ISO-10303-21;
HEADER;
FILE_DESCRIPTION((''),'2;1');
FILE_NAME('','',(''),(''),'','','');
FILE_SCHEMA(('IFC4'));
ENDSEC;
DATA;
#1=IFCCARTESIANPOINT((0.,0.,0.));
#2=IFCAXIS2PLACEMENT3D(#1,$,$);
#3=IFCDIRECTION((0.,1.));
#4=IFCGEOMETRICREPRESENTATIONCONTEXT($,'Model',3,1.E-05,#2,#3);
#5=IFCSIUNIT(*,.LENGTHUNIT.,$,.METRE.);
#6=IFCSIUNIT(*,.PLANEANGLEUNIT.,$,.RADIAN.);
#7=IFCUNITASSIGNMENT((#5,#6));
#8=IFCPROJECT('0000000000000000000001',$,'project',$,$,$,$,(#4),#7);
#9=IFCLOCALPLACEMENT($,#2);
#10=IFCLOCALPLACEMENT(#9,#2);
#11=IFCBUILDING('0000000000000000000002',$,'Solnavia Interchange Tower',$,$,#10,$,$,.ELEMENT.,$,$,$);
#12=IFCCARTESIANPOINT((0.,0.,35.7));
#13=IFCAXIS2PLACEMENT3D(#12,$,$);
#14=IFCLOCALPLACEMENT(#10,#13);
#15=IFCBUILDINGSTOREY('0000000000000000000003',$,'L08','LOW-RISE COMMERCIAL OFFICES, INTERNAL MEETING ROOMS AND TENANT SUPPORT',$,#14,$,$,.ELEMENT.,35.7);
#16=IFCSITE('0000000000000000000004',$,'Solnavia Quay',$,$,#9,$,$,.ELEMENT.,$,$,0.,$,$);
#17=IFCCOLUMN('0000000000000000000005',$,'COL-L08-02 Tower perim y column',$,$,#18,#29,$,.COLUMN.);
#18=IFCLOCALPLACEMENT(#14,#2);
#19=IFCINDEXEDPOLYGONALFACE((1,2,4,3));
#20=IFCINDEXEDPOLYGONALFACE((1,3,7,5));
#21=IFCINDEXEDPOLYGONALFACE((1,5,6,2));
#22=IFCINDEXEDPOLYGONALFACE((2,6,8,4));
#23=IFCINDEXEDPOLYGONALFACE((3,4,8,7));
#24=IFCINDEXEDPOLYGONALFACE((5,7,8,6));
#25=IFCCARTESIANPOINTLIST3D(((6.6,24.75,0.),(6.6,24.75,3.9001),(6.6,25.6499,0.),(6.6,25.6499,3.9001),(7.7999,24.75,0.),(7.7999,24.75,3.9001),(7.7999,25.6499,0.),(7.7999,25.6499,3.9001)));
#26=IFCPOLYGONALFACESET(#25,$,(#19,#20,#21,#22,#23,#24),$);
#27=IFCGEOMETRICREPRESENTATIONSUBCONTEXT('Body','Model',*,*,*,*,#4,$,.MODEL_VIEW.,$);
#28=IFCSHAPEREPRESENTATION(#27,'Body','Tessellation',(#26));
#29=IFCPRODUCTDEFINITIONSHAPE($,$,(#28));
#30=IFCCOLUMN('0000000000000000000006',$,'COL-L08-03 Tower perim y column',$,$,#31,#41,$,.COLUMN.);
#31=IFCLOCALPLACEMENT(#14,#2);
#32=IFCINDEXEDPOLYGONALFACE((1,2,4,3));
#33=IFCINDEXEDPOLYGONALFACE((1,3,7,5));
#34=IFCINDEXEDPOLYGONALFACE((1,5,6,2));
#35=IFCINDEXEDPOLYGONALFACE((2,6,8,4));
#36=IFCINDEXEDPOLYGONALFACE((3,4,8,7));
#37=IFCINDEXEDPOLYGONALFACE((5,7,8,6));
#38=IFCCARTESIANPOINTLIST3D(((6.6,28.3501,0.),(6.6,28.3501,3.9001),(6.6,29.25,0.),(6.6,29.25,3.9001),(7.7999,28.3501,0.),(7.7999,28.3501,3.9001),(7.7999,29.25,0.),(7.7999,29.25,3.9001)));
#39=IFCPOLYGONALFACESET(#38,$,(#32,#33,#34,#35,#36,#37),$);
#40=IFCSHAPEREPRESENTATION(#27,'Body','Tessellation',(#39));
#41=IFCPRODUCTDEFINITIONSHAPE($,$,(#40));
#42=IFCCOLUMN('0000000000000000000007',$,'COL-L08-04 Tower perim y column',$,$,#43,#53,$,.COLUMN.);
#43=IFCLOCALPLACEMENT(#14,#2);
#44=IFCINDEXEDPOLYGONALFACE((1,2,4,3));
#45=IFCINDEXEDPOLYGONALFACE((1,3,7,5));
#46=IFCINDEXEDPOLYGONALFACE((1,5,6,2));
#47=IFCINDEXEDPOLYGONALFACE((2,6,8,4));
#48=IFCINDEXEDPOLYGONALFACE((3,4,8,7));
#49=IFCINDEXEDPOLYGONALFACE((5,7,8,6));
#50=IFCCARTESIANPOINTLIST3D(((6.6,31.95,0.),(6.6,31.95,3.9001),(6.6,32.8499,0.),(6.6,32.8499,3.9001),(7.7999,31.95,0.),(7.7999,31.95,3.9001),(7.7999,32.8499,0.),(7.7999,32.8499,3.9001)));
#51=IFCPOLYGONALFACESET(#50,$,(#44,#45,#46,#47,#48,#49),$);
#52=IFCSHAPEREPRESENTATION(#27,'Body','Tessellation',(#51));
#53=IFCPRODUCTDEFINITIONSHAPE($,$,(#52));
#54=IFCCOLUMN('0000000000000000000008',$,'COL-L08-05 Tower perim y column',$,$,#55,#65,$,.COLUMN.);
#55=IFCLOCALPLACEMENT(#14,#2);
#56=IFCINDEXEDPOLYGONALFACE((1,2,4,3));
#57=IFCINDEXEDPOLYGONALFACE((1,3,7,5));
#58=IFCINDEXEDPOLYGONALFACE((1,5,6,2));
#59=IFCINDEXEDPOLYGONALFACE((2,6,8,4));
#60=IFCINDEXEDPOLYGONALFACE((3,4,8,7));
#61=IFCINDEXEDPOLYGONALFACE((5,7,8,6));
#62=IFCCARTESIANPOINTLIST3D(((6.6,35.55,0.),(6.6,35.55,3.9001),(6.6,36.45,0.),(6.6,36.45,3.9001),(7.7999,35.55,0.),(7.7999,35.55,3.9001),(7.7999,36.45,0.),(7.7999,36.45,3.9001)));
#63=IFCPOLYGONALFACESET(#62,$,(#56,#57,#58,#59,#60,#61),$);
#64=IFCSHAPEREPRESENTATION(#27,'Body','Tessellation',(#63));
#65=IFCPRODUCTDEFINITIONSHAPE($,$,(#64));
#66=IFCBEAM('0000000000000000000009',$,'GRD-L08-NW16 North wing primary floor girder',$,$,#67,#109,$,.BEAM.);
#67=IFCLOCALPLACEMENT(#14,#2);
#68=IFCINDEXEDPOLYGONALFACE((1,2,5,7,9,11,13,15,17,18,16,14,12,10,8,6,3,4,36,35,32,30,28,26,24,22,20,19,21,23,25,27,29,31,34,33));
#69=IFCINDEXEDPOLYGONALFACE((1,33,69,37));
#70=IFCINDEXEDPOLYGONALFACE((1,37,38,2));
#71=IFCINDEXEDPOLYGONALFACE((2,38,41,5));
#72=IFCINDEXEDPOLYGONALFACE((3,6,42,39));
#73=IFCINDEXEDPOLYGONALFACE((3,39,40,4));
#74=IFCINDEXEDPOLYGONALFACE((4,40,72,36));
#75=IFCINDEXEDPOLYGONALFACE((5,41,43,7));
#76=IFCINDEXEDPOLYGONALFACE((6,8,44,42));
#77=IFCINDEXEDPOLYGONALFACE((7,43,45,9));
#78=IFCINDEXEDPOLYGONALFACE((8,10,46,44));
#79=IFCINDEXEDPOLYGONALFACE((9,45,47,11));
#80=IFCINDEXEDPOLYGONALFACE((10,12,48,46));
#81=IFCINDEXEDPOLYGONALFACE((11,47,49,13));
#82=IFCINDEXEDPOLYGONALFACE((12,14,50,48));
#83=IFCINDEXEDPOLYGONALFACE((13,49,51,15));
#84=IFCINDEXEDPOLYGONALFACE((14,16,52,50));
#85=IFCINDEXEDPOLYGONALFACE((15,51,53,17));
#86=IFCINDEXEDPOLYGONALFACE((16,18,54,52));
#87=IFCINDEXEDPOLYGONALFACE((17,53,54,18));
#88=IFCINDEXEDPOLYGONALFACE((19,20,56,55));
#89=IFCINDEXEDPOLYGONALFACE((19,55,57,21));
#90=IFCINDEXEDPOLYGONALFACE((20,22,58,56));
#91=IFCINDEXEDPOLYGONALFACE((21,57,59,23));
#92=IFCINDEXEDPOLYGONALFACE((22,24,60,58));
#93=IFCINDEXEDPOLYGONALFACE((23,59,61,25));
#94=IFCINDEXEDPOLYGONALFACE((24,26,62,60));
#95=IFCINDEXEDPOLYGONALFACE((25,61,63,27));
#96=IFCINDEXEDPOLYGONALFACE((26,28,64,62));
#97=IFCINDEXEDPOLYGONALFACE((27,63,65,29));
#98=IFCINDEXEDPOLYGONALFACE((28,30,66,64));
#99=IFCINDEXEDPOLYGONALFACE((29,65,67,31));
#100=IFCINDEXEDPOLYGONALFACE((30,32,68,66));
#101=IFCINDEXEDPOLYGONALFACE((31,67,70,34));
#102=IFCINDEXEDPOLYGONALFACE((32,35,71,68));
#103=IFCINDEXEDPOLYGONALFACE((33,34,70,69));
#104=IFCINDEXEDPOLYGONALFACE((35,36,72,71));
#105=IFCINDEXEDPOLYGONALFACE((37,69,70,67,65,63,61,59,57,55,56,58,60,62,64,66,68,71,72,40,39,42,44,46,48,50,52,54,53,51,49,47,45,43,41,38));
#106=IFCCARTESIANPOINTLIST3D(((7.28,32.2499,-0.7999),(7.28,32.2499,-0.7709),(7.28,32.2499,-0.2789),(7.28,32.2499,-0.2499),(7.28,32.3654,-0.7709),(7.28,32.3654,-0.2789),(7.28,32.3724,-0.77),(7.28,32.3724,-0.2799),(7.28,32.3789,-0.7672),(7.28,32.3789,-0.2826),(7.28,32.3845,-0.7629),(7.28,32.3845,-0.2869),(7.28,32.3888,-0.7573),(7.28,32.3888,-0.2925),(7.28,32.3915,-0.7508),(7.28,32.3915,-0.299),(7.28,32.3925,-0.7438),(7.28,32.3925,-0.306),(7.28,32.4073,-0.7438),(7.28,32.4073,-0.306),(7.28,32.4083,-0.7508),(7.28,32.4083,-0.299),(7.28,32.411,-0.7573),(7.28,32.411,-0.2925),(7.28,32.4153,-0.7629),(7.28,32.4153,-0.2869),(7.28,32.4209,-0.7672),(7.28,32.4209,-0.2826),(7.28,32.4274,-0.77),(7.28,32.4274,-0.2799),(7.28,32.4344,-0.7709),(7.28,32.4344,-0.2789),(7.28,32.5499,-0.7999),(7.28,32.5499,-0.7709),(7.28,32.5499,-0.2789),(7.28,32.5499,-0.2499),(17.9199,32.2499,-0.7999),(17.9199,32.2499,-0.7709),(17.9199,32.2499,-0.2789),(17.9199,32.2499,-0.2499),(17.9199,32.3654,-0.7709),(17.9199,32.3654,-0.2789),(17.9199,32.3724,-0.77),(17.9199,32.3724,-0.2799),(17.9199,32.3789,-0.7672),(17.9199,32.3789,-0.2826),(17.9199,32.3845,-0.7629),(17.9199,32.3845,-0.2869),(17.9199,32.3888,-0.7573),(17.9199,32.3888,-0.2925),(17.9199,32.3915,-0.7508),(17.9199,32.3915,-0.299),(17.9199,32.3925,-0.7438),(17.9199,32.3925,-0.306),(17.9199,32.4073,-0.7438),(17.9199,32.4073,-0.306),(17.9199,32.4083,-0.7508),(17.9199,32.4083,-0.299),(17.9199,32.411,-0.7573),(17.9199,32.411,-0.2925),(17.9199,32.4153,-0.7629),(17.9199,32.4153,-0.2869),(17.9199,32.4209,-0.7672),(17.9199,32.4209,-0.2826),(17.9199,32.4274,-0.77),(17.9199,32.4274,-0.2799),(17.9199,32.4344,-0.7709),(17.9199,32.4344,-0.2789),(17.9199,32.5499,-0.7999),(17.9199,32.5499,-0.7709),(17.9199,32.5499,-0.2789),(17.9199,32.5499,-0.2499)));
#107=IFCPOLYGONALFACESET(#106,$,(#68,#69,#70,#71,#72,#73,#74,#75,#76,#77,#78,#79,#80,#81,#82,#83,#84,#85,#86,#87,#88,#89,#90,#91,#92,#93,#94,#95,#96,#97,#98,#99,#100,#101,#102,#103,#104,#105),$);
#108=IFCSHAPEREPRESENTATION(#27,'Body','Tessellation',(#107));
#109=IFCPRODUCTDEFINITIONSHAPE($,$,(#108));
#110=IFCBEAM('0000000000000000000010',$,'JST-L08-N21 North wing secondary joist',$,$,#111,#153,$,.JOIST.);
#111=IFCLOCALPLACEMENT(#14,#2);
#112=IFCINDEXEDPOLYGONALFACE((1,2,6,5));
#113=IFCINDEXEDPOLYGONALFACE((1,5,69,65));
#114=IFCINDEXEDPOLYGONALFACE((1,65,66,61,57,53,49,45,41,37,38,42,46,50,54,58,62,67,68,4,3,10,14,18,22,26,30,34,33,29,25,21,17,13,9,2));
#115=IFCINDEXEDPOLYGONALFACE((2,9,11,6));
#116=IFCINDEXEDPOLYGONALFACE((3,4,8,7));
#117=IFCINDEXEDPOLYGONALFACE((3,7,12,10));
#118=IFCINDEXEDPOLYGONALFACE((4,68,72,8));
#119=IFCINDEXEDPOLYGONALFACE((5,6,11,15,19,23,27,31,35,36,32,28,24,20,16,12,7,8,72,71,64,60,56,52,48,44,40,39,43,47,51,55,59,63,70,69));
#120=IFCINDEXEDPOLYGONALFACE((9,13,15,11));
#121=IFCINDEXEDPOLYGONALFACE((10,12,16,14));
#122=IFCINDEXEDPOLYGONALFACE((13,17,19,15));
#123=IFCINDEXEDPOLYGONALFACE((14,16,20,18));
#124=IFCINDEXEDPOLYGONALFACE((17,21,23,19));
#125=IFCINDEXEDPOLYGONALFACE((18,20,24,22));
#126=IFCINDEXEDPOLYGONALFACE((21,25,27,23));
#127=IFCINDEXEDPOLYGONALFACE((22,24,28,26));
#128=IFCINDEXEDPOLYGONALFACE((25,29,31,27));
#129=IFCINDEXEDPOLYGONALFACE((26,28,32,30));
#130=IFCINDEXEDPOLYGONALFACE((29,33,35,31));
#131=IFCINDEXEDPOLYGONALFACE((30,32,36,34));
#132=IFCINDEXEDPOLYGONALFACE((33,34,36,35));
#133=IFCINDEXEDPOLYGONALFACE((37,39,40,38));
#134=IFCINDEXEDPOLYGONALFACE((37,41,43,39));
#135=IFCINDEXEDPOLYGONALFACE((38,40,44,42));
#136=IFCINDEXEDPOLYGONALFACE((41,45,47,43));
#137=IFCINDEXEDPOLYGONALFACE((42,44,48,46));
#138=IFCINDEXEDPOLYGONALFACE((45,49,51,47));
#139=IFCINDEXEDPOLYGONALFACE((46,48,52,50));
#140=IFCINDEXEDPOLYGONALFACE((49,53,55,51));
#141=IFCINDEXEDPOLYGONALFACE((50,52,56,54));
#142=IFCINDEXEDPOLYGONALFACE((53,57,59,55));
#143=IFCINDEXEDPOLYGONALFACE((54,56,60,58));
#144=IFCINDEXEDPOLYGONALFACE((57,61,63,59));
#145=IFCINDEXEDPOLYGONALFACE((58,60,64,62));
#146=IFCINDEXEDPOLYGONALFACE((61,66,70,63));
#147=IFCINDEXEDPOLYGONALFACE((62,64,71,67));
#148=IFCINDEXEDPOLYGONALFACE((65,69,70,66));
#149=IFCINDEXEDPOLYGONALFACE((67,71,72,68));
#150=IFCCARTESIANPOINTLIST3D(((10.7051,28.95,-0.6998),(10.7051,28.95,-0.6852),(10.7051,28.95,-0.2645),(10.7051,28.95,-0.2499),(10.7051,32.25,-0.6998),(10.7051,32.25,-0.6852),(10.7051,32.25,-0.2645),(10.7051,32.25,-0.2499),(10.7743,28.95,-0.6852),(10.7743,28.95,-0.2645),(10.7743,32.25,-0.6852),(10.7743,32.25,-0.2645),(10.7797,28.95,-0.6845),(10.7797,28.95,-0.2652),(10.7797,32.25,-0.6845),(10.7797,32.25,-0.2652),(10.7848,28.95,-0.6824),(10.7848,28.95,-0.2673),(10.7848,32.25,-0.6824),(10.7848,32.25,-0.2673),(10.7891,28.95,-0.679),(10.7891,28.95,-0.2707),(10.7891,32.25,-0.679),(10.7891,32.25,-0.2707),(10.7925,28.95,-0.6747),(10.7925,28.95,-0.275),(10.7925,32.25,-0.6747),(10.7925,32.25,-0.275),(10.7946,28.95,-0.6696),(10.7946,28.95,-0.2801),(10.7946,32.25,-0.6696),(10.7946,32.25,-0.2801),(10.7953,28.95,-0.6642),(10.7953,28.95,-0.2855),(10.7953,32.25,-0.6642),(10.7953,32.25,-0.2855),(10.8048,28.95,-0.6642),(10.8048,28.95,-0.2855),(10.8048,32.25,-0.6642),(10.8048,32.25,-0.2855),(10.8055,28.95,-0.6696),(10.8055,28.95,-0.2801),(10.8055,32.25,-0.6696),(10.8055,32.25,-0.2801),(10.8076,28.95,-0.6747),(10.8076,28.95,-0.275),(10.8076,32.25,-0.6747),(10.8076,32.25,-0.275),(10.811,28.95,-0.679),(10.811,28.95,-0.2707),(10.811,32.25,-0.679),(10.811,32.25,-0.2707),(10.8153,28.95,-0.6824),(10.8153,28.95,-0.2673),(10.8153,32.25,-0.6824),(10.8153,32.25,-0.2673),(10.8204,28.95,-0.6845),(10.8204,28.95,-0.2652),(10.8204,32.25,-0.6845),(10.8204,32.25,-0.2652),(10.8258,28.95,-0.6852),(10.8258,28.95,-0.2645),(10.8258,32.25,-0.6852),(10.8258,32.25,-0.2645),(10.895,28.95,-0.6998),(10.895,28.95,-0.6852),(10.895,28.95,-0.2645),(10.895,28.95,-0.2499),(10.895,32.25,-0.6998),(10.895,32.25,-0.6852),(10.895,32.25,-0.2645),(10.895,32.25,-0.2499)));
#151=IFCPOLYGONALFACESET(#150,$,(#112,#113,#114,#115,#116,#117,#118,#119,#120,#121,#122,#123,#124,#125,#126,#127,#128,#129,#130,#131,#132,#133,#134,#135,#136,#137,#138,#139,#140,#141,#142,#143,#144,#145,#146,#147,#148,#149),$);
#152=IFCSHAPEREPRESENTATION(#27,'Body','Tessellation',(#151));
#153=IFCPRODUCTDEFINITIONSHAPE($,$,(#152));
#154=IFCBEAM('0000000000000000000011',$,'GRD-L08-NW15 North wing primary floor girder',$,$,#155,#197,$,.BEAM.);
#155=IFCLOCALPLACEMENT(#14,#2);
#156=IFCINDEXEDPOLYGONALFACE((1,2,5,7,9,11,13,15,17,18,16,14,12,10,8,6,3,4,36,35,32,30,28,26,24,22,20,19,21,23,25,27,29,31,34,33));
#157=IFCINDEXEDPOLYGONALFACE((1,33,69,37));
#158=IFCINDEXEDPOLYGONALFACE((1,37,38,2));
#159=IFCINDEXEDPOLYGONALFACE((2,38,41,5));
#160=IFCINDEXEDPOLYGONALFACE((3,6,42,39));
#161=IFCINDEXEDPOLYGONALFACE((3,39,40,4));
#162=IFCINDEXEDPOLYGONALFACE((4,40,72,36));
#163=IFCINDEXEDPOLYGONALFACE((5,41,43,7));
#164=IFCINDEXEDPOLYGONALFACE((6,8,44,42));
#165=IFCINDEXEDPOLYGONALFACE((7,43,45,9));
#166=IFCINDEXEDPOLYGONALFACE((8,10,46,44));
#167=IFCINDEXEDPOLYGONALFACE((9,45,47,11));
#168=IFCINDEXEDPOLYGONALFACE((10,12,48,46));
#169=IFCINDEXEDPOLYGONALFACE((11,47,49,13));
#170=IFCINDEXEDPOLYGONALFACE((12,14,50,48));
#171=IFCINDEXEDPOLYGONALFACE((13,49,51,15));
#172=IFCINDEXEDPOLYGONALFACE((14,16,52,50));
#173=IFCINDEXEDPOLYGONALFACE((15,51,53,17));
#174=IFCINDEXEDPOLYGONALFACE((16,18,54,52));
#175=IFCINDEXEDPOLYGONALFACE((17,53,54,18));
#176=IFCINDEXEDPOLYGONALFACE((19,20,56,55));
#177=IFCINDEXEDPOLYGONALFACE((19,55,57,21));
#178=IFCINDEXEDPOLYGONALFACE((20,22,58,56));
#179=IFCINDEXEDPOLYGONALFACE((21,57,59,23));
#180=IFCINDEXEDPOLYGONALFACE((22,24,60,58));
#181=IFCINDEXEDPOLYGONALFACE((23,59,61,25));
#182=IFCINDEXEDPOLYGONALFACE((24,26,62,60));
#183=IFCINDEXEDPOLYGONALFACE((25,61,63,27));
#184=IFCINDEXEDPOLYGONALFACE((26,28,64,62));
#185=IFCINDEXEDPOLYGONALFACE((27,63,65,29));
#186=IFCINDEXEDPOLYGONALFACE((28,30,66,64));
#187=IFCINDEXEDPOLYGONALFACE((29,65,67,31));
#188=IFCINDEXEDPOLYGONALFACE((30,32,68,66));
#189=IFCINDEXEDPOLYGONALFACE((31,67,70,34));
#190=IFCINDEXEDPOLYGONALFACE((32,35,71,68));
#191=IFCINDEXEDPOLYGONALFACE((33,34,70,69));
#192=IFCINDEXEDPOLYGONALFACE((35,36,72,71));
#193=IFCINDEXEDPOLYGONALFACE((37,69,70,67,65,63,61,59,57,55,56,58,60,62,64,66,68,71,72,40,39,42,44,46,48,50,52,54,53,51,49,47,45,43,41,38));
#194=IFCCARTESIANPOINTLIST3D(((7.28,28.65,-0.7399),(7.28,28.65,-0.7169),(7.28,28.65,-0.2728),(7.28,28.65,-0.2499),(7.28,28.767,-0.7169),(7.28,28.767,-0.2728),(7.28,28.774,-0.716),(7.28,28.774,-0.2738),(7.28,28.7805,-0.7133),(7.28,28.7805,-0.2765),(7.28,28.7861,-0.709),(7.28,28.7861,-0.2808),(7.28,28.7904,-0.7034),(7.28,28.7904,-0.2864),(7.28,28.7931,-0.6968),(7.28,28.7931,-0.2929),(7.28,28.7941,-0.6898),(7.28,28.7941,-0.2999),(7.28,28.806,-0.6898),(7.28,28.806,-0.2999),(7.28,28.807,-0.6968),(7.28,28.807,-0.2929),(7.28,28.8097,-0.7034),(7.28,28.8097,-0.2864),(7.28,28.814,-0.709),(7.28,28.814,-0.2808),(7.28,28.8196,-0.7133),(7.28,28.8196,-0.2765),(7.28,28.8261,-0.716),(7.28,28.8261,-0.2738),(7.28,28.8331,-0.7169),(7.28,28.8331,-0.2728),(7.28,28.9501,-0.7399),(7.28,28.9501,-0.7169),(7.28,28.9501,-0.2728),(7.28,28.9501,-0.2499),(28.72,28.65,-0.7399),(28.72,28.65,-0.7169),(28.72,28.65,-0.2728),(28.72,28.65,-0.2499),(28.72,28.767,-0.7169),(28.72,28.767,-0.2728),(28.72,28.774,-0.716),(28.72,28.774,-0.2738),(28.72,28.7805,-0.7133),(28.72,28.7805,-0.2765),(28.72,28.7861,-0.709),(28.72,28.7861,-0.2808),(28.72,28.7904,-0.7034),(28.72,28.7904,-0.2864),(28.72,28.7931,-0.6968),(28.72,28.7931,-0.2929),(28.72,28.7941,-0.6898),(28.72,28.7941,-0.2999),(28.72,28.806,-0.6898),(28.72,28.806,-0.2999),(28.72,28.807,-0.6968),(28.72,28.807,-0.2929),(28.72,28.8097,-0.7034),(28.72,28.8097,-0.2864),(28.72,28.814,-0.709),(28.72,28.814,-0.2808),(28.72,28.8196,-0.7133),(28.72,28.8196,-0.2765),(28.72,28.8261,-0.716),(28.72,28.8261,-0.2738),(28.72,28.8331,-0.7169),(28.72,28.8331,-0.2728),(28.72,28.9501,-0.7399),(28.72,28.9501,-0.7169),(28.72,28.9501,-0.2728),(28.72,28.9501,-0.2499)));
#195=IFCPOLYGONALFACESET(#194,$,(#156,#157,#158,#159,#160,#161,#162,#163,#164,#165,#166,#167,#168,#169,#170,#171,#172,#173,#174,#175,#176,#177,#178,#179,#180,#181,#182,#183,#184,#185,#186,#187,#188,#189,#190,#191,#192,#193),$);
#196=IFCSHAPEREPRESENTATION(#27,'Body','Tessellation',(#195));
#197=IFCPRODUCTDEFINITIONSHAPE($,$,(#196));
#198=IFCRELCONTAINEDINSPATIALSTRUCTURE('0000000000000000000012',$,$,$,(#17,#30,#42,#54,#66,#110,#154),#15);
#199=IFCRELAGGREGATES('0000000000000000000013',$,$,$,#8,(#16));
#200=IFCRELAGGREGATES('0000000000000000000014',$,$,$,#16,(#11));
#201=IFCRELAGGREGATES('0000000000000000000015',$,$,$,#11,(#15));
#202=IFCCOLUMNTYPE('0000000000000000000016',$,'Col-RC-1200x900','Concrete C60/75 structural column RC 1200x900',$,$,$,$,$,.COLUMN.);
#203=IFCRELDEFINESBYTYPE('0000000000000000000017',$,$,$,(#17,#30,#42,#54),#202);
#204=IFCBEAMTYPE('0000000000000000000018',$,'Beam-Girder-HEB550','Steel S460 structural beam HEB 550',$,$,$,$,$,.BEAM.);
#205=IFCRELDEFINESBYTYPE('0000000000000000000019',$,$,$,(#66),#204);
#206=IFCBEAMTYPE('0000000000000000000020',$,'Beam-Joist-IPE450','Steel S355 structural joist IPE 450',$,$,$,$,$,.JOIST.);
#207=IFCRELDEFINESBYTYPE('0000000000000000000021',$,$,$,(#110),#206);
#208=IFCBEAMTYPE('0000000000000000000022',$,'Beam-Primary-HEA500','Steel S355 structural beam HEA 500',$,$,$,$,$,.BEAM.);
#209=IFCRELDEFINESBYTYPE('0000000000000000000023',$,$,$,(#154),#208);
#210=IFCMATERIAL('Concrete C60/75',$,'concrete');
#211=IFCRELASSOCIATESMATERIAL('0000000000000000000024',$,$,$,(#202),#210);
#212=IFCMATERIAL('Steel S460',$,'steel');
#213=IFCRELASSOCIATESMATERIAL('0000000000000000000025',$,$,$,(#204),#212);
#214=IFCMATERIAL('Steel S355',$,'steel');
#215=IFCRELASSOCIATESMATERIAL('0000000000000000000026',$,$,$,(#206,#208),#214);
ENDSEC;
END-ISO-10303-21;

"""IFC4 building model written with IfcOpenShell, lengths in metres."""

from ifc_helpers import new_model, si_unit, direction, frame, origin, origin_2d, place, context, subcontext, project, spatial, rectangle, i_section, extrude, material, material_profile, profile_set, type_object, element, save


model = new_model("IFC4")

# Units and contexts
model_context = context("Model", 3, precision=1e-05, world=origin(), true_north=direction((0.0, 1.0)))
body_context = subcontext(model_context, "Body", "Model", "MODEL_VIEW")
ifc_project = project(units=[si_unit("LENGTHUNIT", "METRE"), si_unit("PLANEANGLEUNIT", "RADIAN")], contexts=[model_context])

# Site, building, storey
site_placement = place(None, origin())
site = spatial("IfcSite", under=ifc_project, at=site_placement, Name="Solnavia Quay", CompositionType="ELEMENT", RefElevation=0.0)
building_placement = place(site_placement, origin())
building = spatial("IfcBuilding", under=site, at=building_placement, Name="Solnavia Interchange Tower", CompositionType="ELEMENT")
storey_placement = place(building_placement, frame((0.0, 0.0, 35.7)))
storey = spatial("IfcBuildingStorey", under=building, at=storey_placement, Name="L08", Description="LOW-RISE COMMERCIAL OFFICES, INTERNAL MEETING ROOMS AND TENANT SUPPORT", CompositionType="ELEMENT", Elevation=35.7)

# Columns
ifc_material_1 = material(Name="Concrete C60/75", Category="concrete")
ifc_material_profile_1 = material_profile(ifc_material_1, rectangle(XDim=0.8999, YDim=1.2, at=origin_2d()), Name="RC 1200x900")
ifc_profile_set_1 = profile_set([ifc_material_profile_1], Name="Concrete C60/75")
column_type = type_object("IfcColumnType", Name="Col-RC-1200x900", Description="Concrete C60/75 structural column RC 1200x900", PredefinedType="COLUMN", material=ifc_profile_set_1)
for number, where, z_axis, x_axis, name in (
    (1, (7.2, 25.2, 0.0), (0.0, 0.0, 1.0), (0.0, 1.0, 0.0), "COL-L08-02 Tower perim y column"),
    (2, (7.2, 28.8, 0.0), (0.0, 0.0, 1.0), (0.0, 1.0, 0.0), "COL-L08-03 Tower perim y column"),
    (3, (7.2, 32.3999, 0.0), (0.0, 0.0, 1.0), (0.0, 1.0, 0.0), "COL-L08-04 Tower perim y column"),
    (4, (7.2, 36.0, 0.0), (0.0, 0.0, 1.0), (0.0, 1.0, 0.0), "COL-L08-05 Tower perim y column"),
):
    element("IfcColumn", number, at=place(storey_placement, frame(where, z_axis=z_axis, x_axis=x_axis)), inside=storey, type_object=column_type, Name=name, PredefinedType="COLUMN", context=body_context, shape_type="SweptSolid", body=[
        extrude(rectangle(XDim=0.8999, YDim=1.2, at=origin_2d()), origin(), (0.0, 0.0, 1.0), 3.9001),
    ])

# Beams
ifc_material_2 = material(Name="Steel S460", Category="steel")
ifc_material_profile_2 = material_profile(ifc_material_2, i_section(OverallWidth=0.3, OverallDepth=0.55, WebThickness=0.0149, FlangeThickness=0.0291, FilletRadius=0.0271, at=origin_2d()), Name="HEB 550")
ifc_profile_set_2 = profile_set([ifc_material_profile_2], Name="Steel S460")
beam_type_1 = type_object("IfcBeamType", Name="Beam-Girder-HEB550", Description="Steel S460 structural beam HEB 550", PredefinedType="BEAM", material=ifc_profile_set_2)
beam_1_placement = place(storey_placement, frame((7.28, 32.3999, -0.5249), z_axis=(1.0, 0.0, 0.0), x_axis=(0.0, 1.0, 0.0)))
element("IfcBeam", 5, at=beam_1_placement, inside=storey, type_object=beam_type_1, Name="GRD-L08-NW16 North wing primary floor girder", PredefinedType="BEAM", context=body_context, shape_type="SweptSolid", body=[
    extrude(i_section(OverallWidth=0.3, OverallDepth=0.55, WebThickness=0.0149, FlangeThickness=0.0291, FilletRadius=0.0271, at=origin_2d()), origin(), (0.0, 0.0, 1.0), 10.6399),
])
ifc_material_3 = material(Name="Steel S355", Category="steel")
ifc_material_profile_3 = material_profile(ifc_material_3, i_section(OverallWidth=0.1899, OverallDepth=0.45, WebThickness=0.0095, FlangeThickness=0.0146, FilletRadius=0.021, at=origin_2d()), Name="IPE 450")
ifc_profile_set_3 = profile_set([ifc_material_profile_3], Name="Steel S355")
beam_type_2 = type_object("IfcBeamType", Name="Beam-Joist-IPE450", Description="Steel S355 structural joist IPE 450", PredefinedType="JOIST", material=ifc_profile_set_3)
beam_2_placement = place(storey_placement, frame((10.8, 28.95, -0.4749), z_axis=(0.0, 1.0, 0.0), x_axis=(-1.0, 0.0, 0.0)))
element("IfcBeam", 6, at=beam_2_placement, inside=storey, type_object=beam_type_2, Name="JST-L08-N21 North wing secondary joist", PredefinedType="JOIST", context=body_context, shape_type="SweptSolid", body=[
    extrude(i_section(OverallWidth=0.1899, OverallDepth=0.45, WebThickness=0.0095, FlangeThickness=0.0146, FilletRadius=0.021, at=origin_2d()), origin(), (0.0, 0.0, 1.0), 3.3),
])
ifc_material_profile_4 = material_profile(ifc_material_3, i_section(OverallWidth=0.3, OverallDepth=0.49, WebThickness=0.012, FlangeThickness=0.0229, FilletRadius=0.0271, at=origin_2d()), Name="HEA 500")
ifc_profile_set_4 = profile_set([ifc_material_profile_4], Name="Steel S355")
beam_type_3 = type_object("IfcBeamType", Name="Beam-Primary-HEA500", Description="Steel S355 structural beam HEA 500", PredefinedType="BEAM", material=ifc_profile_set_4)
for number, where, z_axis, x_axis, name in (
    (7, (7.28, 28.8, -0.4949), (1.0, 0.0, 0.0), (0.0, 1.0, 0.0), "GRD-L08-NW15 North wing primary floor girder"),
):
    element("IfcBeam", number, at=place(storey_placement, frame(where, z_axis=z_axis, x_axis=x_axis)), inside=storey, type_object=beam_type_3, Name=name, PredefinedType="BEAM", context=body_context, shape_type="SweptSolid", body=[
        extrude(i_section(OverallWidth=0.3, OverallDepth=0.49, WebThickness=0.012, FlangeThickness=0.0229, FilletRadius=0.0271, at=origin_2d()), origin(), (0.0, 0.0, 1.0), 21.4399),
    ])

save(model, "model.ifc")
